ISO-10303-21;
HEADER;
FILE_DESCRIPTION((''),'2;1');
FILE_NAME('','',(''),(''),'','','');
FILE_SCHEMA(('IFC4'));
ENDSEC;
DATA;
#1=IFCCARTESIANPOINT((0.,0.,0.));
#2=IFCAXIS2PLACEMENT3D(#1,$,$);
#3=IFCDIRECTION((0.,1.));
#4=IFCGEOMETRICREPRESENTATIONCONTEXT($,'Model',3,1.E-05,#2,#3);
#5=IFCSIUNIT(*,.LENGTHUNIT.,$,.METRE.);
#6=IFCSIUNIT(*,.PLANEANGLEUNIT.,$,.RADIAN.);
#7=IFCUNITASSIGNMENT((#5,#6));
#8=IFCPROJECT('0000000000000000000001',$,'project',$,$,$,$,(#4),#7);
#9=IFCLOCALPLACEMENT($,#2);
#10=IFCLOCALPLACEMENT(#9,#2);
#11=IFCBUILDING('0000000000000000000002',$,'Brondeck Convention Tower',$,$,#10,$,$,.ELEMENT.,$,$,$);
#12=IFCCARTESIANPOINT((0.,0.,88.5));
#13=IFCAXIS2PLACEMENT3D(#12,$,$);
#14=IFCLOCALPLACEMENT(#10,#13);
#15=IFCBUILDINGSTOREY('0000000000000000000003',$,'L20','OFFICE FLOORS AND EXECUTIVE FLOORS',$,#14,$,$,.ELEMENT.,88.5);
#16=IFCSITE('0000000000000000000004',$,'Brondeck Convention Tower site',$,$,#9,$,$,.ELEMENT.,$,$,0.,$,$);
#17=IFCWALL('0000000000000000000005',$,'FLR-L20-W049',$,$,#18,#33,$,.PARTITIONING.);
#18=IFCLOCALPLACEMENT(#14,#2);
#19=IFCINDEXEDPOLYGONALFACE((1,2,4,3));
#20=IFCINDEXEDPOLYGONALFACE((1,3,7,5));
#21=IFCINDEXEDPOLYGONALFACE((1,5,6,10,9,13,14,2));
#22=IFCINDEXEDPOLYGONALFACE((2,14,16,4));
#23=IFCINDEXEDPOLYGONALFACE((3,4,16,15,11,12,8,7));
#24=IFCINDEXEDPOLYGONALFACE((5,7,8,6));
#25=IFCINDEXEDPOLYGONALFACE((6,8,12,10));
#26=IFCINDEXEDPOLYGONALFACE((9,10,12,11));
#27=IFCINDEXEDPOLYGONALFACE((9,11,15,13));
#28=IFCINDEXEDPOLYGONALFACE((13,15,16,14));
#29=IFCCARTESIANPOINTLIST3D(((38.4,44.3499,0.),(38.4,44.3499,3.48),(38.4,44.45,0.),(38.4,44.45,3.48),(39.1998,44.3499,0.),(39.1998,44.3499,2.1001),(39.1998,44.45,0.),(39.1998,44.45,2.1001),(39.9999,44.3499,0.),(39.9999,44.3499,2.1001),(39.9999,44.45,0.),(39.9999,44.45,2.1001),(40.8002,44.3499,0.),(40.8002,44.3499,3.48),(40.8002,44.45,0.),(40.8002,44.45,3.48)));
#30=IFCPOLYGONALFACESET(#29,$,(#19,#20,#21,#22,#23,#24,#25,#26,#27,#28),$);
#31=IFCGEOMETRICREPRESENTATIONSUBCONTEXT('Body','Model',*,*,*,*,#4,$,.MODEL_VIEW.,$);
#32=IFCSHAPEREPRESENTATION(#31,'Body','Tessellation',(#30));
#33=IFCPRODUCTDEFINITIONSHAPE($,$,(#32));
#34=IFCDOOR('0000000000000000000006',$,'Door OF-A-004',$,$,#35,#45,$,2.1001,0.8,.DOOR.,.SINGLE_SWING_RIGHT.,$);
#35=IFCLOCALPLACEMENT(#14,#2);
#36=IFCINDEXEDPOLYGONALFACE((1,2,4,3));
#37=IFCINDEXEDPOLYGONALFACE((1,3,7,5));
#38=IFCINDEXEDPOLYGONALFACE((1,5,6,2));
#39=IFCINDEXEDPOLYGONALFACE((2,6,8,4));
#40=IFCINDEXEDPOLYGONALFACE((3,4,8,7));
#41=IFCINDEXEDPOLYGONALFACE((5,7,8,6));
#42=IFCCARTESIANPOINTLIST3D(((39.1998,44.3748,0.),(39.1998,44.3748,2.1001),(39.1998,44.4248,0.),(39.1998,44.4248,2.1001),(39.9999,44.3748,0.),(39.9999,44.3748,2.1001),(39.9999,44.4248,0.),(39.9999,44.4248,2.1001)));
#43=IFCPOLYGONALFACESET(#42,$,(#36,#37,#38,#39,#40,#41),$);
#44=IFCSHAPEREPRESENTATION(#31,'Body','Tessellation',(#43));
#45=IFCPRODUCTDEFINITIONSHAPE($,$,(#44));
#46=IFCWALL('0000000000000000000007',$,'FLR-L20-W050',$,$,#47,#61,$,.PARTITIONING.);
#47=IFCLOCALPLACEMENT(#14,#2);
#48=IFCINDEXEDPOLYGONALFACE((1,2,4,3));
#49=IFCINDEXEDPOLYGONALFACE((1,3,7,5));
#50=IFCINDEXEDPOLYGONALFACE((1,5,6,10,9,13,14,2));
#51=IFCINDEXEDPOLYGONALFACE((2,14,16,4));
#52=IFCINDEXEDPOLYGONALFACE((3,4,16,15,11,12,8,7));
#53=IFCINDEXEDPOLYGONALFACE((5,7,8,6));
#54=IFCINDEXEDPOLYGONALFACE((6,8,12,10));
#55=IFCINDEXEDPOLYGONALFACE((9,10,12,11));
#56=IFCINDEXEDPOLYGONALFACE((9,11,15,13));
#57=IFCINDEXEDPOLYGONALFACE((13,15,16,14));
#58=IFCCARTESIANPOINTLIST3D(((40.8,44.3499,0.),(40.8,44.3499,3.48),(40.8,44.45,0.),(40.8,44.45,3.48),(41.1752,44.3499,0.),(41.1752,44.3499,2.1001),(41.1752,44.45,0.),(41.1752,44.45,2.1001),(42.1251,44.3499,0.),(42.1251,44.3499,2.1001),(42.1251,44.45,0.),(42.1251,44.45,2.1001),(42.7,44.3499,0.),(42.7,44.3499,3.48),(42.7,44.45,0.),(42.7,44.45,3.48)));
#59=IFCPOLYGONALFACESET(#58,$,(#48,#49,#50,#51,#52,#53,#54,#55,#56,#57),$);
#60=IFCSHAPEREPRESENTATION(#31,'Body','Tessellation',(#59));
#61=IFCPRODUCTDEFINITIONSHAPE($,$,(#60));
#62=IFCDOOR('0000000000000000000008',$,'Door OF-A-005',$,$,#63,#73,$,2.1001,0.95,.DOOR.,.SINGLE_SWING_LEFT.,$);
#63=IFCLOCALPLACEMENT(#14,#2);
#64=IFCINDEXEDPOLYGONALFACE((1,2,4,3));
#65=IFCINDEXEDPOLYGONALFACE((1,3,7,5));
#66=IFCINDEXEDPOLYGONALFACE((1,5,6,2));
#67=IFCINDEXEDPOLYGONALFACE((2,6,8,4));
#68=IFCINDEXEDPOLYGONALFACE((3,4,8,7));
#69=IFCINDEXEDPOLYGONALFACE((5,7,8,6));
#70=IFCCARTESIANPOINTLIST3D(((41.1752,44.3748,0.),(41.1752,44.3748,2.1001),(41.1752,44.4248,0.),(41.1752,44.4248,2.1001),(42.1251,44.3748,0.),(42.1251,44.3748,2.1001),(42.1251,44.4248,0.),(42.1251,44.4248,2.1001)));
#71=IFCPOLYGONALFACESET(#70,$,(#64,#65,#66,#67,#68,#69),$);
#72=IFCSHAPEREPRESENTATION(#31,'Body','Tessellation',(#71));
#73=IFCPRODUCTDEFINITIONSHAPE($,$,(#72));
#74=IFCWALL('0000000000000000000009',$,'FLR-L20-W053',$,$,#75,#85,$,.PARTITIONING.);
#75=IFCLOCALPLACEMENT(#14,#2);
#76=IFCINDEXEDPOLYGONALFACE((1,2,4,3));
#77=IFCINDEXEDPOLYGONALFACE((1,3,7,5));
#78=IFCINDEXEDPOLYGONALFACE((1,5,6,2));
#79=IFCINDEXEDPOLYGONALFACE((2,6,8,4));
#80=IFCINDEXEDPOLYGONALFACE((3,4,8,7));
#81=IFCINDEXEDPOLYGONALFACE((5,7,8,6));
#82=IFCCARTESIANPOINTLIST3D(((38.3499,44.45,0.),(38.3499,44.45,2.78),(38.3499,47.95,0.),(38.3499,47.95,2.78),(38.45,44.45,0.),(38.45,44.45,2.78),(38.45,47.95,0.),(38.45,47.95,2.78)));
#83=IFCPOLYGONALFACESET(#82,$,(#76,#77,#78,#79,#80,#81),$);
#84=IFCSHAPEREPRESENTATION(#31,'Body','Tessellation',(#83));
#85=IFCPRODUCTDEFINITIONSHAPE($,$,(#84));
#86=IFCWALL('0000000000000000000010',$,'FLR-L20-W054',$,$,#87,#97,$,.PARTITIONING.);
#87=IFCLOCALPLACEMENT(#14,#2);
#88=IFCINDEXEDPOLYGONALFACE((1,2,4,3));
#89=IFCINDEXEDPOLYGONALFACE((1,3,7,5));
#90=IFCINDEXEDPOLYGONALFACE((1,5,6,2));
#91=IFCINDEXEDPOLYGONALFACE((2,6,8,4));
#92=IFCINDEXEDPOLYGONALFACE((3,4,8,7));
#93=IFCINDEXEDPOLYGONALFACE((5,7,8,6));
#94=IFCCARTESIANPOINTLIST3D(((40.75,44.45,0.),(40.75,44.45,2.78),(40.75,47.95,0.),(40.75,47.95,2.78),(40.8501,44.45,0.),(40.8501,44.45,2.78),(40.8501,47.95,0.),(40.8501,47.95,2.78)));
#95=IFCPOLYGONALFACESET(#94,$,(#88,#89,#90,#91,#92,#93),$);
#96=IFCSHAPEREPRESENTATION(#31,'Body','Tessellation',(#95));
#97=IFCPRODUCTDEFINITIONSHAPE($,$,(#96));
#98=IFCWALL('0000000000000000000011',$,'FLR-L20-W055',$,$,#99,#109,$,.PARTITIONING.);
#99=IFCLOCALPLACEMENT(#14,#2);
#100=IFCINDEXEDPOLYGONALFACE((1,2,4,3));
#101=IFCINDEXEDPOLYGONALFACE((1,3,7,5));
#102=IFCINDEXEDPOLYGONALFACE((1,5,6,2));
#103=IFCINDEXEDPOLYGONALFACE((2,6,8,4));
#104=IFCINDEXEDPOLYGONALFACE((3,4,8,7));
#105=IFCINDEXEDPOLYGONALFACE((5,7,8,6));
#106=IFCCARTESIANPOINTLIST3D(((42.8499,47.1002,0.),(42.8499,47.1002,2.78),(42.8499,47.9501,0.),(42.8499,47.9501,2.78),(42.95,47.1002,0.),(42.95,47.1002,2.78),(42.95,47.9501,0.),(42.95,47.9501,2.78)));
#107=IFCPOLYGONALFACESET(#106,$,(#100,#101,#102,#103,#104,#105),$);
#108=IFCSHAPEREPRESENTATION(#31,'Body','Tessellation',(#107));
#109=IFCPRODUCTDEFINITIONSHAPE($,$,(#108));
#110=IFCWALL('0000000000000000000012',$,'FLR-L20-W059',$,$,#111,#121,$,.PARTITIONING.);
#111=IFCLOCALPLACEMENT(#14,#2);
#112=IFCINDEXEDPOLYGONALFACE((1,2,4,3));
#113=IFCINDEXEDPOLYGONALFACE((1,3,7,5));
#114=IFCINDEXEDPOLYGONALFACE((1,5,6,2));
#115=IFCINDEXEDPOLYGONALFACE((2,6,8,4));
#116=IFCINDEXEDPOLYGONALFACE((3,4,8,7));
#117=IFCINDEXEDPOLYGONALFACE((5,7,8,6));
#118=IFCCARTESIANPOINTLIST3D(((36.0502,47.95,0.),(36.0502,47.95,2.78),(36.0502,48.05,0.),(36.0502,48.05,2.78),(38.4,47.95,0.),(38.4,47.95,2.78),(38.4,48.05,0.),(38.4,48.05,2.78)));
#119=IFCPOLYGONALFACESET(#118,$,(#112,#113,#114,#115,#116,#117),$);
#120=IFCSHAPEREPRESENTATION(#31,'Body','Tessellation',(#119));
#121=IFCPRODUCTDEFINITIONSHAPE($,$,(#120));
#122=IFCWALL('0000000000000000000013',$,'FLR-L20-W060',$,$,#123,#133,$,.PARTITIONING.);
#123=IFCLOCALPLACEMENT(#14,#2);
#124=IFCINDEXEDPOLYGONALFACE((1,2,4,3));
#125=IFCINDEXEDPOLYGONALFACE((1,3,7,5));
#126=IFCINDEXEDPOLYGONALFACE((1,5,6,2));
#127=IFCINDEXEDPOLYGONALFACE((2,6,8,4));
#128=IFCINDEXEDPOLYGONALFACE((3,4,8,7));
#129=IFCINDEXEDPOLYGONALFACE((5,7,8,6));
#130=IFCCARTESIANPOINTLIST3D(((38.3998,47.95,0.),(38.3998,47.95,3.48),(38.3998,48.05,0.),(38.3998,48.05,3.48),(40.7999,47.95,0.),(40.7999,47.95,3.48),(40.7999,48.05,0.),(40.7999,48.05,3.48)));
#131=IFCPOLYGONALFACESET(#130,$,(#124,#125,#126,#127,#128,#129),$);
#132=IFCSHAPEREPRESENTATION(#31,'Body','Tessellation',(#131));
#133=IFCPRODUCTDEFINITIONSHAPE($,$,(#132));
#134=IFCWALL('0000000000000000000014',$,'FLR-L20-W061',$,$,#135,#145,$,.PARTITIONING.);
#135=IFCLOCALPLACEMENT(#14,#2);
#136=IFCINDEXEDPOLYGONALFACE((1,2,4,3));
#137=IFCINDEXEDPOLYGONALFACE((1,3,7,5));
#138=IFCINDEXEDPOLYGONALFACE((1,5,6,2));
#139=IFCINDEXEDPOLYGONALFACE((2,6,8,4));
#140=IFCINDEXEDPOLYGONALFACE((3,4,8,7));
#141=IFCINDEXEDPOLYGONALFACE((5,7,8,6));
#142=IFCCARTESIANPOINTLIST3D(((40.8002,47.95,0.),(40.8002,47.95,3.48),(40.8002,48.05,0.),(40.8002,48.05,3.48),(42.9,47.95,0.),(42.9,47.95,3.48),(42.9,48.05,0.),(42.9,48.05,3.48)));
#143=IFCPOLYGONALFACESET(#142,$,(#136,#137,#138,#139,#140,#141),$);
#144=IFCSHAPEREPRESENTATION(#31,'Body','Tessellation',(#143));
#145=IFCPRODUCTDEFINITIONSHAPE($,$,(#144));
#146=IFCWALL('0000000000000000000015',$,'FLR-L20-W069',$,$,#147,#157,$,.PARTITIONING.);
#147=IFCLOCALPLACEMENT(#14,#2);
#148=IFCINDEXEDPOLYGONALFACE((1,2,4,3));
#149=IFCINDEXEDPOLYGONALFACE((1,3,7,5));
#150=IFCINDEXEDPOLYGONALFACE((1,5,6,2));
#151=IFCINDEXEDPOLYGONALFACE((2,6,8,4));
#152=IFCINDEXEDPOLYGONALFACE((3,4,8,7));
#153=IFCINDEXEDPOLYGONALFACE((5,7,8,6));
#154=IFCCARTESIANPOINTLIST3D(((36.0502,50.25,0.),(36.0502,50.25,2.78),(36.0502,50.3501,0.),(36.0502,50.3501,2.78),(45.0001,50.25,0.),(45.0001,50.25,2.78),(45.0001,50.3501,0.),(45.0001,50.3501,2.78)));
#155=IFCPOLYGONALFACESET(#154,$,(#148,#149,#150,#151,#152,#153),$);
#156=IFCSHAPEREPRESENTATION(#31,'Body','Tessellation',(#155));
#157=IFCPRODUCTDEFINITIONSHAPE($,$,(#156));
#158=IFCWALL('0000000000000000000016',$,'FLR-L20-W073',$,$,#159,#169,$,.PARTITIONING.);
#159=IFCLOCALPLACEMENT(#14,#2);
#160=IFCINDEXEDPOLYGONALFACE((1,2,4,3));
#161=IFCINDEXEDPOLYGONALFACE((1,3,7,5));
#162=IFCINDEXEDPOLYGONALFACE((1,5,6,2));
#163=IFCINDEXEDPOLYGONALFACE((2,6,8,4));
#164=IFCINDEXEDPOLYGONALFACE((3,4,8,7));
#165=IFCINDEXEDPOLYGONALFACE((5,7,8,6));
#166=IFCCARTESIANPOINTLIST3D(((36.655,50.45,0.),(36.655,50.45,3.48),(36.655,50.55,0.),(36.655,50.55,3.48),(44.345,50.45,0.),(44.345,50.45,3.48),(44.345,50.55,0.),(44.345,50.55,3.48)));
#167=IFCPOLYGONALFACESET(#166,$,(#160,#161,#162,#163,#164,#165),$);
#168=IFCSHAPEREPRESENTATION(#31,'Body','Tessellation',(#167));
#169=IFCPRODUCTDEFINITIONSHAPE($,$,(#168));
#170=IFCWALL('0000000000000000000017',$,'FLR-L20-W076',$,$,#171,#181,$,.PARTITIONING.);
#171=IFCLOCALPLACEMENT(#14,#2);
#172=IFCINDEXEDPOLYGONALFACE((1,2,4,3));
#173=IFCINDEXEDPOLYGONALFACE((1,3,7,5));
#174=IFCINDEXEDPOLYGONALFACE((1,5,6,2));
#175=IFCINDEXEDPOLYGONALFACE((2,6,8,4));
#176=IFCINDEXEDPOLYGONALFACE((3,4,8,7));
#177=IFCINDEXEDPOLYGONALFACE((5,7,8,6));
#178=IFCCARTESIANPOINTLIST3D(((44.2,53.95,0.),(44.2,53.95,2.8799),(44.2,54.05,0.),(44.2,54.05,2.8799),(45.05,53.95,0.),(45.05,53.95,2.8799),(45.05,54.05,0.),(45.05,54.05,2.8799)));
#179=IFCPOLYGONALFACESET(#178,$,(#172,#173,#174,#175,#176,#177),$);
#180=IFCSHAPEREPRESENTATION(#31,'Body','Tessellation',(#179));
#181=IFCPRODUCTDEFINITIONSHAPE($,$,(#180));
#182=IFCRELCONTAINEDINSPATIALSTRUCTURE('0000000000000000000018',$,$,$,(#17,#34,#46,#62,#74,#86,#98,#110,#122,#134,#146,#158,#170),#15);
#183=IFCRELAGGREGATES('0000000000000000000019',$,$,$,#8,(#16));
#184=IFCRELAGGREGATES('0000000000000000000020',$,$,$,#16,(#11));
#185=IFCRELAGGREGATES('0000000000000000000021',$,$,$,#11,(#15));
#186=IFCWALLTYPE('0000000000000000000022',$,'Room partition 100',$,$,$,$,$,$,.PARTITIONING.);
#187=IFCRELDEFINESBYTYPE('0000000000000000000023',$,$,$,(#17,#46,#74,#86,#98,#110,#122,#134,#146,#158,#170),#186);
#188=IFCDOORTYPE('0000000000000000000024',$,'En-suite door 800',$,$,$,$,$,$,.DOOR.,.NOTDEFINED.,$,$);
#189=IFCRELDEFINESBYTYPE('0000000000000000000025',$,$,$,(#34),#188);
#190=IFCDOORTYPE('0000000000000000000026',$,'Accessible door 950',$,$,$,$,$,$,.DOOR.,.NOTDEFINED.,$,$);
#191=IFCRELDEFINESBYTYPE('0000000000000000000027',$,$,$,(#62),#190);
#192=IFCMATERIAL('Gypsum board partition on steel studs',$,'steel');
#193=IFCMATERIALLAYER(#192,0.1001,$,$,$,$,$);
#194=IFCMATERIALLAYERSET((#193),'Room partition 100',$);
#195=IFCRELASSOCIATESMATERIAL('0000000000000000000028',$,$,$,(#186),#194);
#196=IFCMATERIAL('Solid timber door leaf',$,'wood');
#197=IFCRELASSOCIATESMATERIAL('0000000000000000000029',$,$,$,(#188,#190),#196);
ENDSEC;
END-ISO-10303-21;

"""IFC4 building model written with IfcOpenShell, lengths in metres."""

from ifc_helpers import new_model, si_unit, direction, frame, frame_2d, origin, place, context, subcontext, project, spatial, rectangle, extrude, material, layer, layer_set, type_object, element, fill, save


model = new_model("IFC4")

# Units and contexts
model_context = context("Model", 3, precision=1e-05, world=origin(), true_north=direction((0.0, 1.0)))
body_context = subcontext(model_context, "Body", "Model", "MODEL_VIEW")
ifc_project = project(units=[si_unit("LENGTHUNIT", "METRE"), si_unit("PLANEANGLEUNIT", "RADIAN")], contexts=[model_context])

# Site, building, storey
site_placement = place(None, origin())
site = spatial("IfcSite", under=ifc_project, at=site_placement, Name="Brondeck Convention Tower site", CompositionType="ELEMENT", RefElevation=0.0)
building_placement = place(site_placement, origin())
building = spatial("IfcBuilding", under=site, at=building_placement, Name="Brondeck Convention Tower", CompositionType="ELEMENT")
storey_placement = place(building_placement, frame((0.0, 0.0, 88.5)))
storey = spatial("IfcBuildingStorey", under=building, at=storey_placement, Name="L20", Description="OFFICE FLOORS AND EXECUTIVE FLOORS", CompositionType="ELEMENT", Elevation=88.5)

# Walls, openings, doors
ifc_material_1 = material(Name="Gypsum board partition on steel studs", Category="steel")
ifc_layer_1 = layer(ifc_material_1, 0.1001)
ifc_layer_set_1 = layer_set([ifc_layer_1], Name="Room partition 100")
wall_type_1 = type_object("IfcWallType", Name="Room partition 100", PredefinedType="PARTITIONING", material=ifc_layer_set_1)
wall_1_placement = place(storey_placement, frame((38.3999, 44.3999, 0.0), z_axis=(0.0, 0.0, 1.0), x_axis=(1.0, 0.0, 0.0)))
wall_1 = element("IfcWall", 1, at=wall_1_placement, inside=storey, type_object=wall_type_1, Name="FLR-L20-W049", PredefinedType="PARTITIONING", context=body_context, shape_type="SweptSolid", body=[
    extrude(rectangle(XDim=2.4001, YDim=0.1001, at=frame_2d((1.2002, 0.0))), origin(), (0.0, 0.0, 1.0), 3.48),
])
opening_1_placement = place(wall_1_placement, frame((0.8, 0.0, 0.0)))
opening_1 = element("IfcOpeningElement", 2, at=opening_1_placement, cuts=wall_1, PredefinedType="OPENING", context=body_context, shape_type="SweptSolid", body=[
    extrude(rectangle(XDim=0.8, YDim=2.1001, at=frame_2d((0.3999, 1.05))), frame((0.0, 0.0601, 0.0), z_axis=(0.0, -1.0, 0.0), x_axis=(1.0, 0.0, 0.0)), (0.0, 0.0, 1.0), 0.1201),
])
ifc_material_2 = material(Name="Solid timber door leaf", Category="wood")
door_type_1 = type_object("IfcDoorType", Name="En-suite door 800", OperationType="NOTDEFINED", PredefinedType="DOOR", material=ifc_material_2)
door_1_placement = place(opening_1_placement, origin())
door_1 = element("IfcDoor", 3, at=door_1_placement, inside=storey, type_object=door_type_1, Name="Door OF-A-004", OperationType="SINGLE_SWING_RIGHT", OverallHeight=2.1001, OverallWidth=0.8, PredefinedType="DOOR", context=body_context, shape_type="SweptSolid", body=[
    extrude(rectangle(XDim=0.8, YDim=2.1001, at=frame_2d((0.3999, 1.05))), frame((0.0, 0.0249, 0.0), z_axis=(0.0, -1.0, 0.0), x_axis=(1.0, 0.0, 0.0)), (0.0, 0.0, 1.0), 0.05),
])
fill(opening_1, door_1)
wall_2_placement = place(storey_placement, frame((40.8, 44.3999, 0.0), z_axis=(0.0, 0.0, 1.0), x_axis=(1.0, 0.0, 0.0)))
wall_2 = element("IfcWall", 4, at=wall_2_placement, inside=storey, type_object=wall_type_1, Name="FLR-L20-W050", PredefinedType="PARTITIONING", context=body_context, shape_type="SweptSolid", body=[
    extrude(rectangle(XDim=1.8999, YDim=0.1001, at=frame_2d((0.95, 0.0))), origin(), (0.0, 0.0, 1.0), 3.48),
])
opening_2_placement = place(wall_2_placement, frame((0.375, 0.0, 0.0)))
opening_2 = element("IfcOpeningElement", 5, at=opening_2_placement, cuts=wall_2, PredefinedType="OPENING", context=body_context, shape_type="SweptSolid", body=[
    extrude(rectangle(XDim=0.95, YDim=2.1001, at=frame_2d((0.4751, 1.05))), frame((0.0, 0.0601, 0.0), z_axis=(0.0, -1.0, 0.0), x_axis=(1.0, 0.0, 0.0)), (0.0, 0.0, 1.0), 0.1201),
])
door_type_2 = type_object("IfcDoorType", Name="Accessible door 950", OperationType="NOTDEFINED", PredefinedType="DOOR", material=ifc_material_2)
door_2_placement = place(opening_2_placement, origin())
door_2 = element("IfcDoor", 6, at=door_2_placement, inside=storey, type_object=door_type_2, Name="Door OF-A-005", OperationType="SINGLE_SWING_LEFT", OverallHeight=2.1001, OverallWidth=0.95, PredefinedType="DOOR", context=body_context, shape_type="SweptSolid", body=[
    extrude(rectangle(XDim=0.95, YDim=2.1001, at=frame_2d((0.4751, 1.05))), frame((0.0, 0.0249, 0.0), z_axis=(0.0, -1.0, 0.0), x_axis=(1.0, 0.0, 0.0)), (0.0, 0.0, 1.0), 0.05),
])
fill(opening_2, door_2)

# Walls
for number, where, z_axis, x_axis, name in (
    (7, (38.3999, 47.95, 0.0), (0.0, 0.0, 1.0), (0.0, -1.0, 0.0), "FLR-L20-W053"),
    (8, (40.8, 47.95, 0.0), (0.0, 0.0, 1.0), (0.0, -1.0, 0.0), "FLR-L20-W054"),
):
    element("IfcWall", number, at=place(storey_placement, frame(where, z_axis=z_axis, x_axis=x_axis)), inside=storey, type_object=wall_type_1, Name=name, PredefinedType="PARTITIONING", context=body_context, shape_type="SweptSolid", body=[
        extrude(rectangle(XDim=3.5, YDim=0.1001, at=frame_2d((1.75, 0.0))), origin(), (0.0, 0.0, 1.0), 2.78),
    ])
wall_3_placement = place(storey_placement, frame((42.8999, 47.95, 0.0), z_axis=(0.0, 0.0, 1.0), x_axis=(0.0, -1.0, 0.0)))
element("IfcWall", 9, at=wall_3_placement, inside=storey, type_object=wall_type_1, Name="FLR-L20-W055", PredefinedType="PARTITIONING", context=body_context, shape_type="SweptSolid", body=[
    extrude(rectangle(XDim=0.8499, YDim=0.1001, at=frame_2d((0.4248, 0.0))), origin(), (0.0, 0.0, 1.0), 2.78),
])
wall_4_placement = place(storey_placement, frame((38.3999, 48.0, 0.0), z_axis=(0.0, 0.0, 1.0), x_axis=(-1.0, 0.0, 0.0)))
element("IfcWall", 10, at=wall_4_placement, inside=storey, type_object=wall_type_1, Name="FLR-L20-W059", PredefinedType="PARTITIONING", context=body_context, shape_type="SweptSolid", body=[
    extrude(rectangle(XDim=2.3499, YDim=0.1001, at=frame_2d((1.1748, 0.0))), origin(), (0.0, 0.0, 1.0), 2.78),
])
wall_5_placement = place(storey_placement, frame((40.8, 48.0, 0.0), z_axis=(0.0, 0.0, 1.0), x_axis=(-1.0, 0.0, 0.0)))
element("IfcWall", 11, at=wall_5_placement, inside=storey, type_object=wall_type_1, Name="FLR-L20-W060", PredefinedType="PARTITIONING", context=body_context, shape_type="SweptSolid", body=[
    extrude(rectangle(XDim=2.4001, YDim=0.1001, at=frame_2d((1.2002, 0.0))), origin(), (0.0, 0.0, 1.0), 3.48),
])
wall_6_placement = place(storey_placement, frame((42.8999, 48.0, 0.0), z_axis=(0.0, 0.0, 1.0), x_axis=(-1.0, 0.0, 0.0)))
element("IfcWall", 12, at=wall_6_placement, inside=storey, type_object=wall_type_1, Name="FLR-L20-W061", PredefinedType="PARTITIONING", context=body_context, shape_type="SweptSolid", body=[
    extrude(rectangle(XDim=2.0999, YDim=0.1001, at=frame_2d((1.0498, 0.0))), origin(), (0.0, 0.0, 1.0), 3.48),
])
wall_7_placement = place(storey_placement, frame((36.05, 50.3, 0.0), z_axis=(0.0, 0.0, 1.0), x_axis=(1.0, 0.0, 0.0)))
element("IfcWall", 13, at=wall_7_placement, inside=storey, type_object=wall_type_1, Name="FLR-L20-W069", PredefinedType="PARTITIONING", context=body_context, shape_type="SweptSolid", body=[
    extrude(rectangle(XDim=8.95, YDim=0.1001, at=frame_2d((4.4751, 0.0))), origin(), (0.0, 0.0, 1.0), 2.78),
])
wall_8_placement = place(storey_placement, frame((44.345, 50.5, 0.0), z_axis=(0.0, 0.0, 1.0), x_axis=(-1.0, 0.0, 0.0)))
element("IfcWall", 14, at=wall_8_placement, inside=storey, type_object=wall_type_1, Name="FLR-L20-W073", PredefinedType="PARTITIONING", context=body_context, shape_type="SweptSolid", body=[
    extrude(rectangle(XDim=7.6899, YDim=0.1001, at=frame_2d((3.845, 0.0))), origin(), (0.0, 0.0, 1.0), 3.48),
])
wall_9_placement = place(storey_placement, frame((44.2, 54.0, 0.0), z_axis=(0.0, 0.0, 1.0), x_axis=(1.0, 0.0, 0.0)))
element("IfcWall", 15, at=wall_9_placement, inside=storey, type_object=wall_type_1, Name="FLR-L20-W076", PredefinedType="PARTITIONING", context=body_context, shape_type="SweptSolid", body=[
    extrude(rectangle(XDim=0.8501, YDim=0.1001, at=frame_2d((0.425, 0.0))), origin(), (0.0, 0.0, 1.0), 2.8799),
])

save(model, "model.ifc")
